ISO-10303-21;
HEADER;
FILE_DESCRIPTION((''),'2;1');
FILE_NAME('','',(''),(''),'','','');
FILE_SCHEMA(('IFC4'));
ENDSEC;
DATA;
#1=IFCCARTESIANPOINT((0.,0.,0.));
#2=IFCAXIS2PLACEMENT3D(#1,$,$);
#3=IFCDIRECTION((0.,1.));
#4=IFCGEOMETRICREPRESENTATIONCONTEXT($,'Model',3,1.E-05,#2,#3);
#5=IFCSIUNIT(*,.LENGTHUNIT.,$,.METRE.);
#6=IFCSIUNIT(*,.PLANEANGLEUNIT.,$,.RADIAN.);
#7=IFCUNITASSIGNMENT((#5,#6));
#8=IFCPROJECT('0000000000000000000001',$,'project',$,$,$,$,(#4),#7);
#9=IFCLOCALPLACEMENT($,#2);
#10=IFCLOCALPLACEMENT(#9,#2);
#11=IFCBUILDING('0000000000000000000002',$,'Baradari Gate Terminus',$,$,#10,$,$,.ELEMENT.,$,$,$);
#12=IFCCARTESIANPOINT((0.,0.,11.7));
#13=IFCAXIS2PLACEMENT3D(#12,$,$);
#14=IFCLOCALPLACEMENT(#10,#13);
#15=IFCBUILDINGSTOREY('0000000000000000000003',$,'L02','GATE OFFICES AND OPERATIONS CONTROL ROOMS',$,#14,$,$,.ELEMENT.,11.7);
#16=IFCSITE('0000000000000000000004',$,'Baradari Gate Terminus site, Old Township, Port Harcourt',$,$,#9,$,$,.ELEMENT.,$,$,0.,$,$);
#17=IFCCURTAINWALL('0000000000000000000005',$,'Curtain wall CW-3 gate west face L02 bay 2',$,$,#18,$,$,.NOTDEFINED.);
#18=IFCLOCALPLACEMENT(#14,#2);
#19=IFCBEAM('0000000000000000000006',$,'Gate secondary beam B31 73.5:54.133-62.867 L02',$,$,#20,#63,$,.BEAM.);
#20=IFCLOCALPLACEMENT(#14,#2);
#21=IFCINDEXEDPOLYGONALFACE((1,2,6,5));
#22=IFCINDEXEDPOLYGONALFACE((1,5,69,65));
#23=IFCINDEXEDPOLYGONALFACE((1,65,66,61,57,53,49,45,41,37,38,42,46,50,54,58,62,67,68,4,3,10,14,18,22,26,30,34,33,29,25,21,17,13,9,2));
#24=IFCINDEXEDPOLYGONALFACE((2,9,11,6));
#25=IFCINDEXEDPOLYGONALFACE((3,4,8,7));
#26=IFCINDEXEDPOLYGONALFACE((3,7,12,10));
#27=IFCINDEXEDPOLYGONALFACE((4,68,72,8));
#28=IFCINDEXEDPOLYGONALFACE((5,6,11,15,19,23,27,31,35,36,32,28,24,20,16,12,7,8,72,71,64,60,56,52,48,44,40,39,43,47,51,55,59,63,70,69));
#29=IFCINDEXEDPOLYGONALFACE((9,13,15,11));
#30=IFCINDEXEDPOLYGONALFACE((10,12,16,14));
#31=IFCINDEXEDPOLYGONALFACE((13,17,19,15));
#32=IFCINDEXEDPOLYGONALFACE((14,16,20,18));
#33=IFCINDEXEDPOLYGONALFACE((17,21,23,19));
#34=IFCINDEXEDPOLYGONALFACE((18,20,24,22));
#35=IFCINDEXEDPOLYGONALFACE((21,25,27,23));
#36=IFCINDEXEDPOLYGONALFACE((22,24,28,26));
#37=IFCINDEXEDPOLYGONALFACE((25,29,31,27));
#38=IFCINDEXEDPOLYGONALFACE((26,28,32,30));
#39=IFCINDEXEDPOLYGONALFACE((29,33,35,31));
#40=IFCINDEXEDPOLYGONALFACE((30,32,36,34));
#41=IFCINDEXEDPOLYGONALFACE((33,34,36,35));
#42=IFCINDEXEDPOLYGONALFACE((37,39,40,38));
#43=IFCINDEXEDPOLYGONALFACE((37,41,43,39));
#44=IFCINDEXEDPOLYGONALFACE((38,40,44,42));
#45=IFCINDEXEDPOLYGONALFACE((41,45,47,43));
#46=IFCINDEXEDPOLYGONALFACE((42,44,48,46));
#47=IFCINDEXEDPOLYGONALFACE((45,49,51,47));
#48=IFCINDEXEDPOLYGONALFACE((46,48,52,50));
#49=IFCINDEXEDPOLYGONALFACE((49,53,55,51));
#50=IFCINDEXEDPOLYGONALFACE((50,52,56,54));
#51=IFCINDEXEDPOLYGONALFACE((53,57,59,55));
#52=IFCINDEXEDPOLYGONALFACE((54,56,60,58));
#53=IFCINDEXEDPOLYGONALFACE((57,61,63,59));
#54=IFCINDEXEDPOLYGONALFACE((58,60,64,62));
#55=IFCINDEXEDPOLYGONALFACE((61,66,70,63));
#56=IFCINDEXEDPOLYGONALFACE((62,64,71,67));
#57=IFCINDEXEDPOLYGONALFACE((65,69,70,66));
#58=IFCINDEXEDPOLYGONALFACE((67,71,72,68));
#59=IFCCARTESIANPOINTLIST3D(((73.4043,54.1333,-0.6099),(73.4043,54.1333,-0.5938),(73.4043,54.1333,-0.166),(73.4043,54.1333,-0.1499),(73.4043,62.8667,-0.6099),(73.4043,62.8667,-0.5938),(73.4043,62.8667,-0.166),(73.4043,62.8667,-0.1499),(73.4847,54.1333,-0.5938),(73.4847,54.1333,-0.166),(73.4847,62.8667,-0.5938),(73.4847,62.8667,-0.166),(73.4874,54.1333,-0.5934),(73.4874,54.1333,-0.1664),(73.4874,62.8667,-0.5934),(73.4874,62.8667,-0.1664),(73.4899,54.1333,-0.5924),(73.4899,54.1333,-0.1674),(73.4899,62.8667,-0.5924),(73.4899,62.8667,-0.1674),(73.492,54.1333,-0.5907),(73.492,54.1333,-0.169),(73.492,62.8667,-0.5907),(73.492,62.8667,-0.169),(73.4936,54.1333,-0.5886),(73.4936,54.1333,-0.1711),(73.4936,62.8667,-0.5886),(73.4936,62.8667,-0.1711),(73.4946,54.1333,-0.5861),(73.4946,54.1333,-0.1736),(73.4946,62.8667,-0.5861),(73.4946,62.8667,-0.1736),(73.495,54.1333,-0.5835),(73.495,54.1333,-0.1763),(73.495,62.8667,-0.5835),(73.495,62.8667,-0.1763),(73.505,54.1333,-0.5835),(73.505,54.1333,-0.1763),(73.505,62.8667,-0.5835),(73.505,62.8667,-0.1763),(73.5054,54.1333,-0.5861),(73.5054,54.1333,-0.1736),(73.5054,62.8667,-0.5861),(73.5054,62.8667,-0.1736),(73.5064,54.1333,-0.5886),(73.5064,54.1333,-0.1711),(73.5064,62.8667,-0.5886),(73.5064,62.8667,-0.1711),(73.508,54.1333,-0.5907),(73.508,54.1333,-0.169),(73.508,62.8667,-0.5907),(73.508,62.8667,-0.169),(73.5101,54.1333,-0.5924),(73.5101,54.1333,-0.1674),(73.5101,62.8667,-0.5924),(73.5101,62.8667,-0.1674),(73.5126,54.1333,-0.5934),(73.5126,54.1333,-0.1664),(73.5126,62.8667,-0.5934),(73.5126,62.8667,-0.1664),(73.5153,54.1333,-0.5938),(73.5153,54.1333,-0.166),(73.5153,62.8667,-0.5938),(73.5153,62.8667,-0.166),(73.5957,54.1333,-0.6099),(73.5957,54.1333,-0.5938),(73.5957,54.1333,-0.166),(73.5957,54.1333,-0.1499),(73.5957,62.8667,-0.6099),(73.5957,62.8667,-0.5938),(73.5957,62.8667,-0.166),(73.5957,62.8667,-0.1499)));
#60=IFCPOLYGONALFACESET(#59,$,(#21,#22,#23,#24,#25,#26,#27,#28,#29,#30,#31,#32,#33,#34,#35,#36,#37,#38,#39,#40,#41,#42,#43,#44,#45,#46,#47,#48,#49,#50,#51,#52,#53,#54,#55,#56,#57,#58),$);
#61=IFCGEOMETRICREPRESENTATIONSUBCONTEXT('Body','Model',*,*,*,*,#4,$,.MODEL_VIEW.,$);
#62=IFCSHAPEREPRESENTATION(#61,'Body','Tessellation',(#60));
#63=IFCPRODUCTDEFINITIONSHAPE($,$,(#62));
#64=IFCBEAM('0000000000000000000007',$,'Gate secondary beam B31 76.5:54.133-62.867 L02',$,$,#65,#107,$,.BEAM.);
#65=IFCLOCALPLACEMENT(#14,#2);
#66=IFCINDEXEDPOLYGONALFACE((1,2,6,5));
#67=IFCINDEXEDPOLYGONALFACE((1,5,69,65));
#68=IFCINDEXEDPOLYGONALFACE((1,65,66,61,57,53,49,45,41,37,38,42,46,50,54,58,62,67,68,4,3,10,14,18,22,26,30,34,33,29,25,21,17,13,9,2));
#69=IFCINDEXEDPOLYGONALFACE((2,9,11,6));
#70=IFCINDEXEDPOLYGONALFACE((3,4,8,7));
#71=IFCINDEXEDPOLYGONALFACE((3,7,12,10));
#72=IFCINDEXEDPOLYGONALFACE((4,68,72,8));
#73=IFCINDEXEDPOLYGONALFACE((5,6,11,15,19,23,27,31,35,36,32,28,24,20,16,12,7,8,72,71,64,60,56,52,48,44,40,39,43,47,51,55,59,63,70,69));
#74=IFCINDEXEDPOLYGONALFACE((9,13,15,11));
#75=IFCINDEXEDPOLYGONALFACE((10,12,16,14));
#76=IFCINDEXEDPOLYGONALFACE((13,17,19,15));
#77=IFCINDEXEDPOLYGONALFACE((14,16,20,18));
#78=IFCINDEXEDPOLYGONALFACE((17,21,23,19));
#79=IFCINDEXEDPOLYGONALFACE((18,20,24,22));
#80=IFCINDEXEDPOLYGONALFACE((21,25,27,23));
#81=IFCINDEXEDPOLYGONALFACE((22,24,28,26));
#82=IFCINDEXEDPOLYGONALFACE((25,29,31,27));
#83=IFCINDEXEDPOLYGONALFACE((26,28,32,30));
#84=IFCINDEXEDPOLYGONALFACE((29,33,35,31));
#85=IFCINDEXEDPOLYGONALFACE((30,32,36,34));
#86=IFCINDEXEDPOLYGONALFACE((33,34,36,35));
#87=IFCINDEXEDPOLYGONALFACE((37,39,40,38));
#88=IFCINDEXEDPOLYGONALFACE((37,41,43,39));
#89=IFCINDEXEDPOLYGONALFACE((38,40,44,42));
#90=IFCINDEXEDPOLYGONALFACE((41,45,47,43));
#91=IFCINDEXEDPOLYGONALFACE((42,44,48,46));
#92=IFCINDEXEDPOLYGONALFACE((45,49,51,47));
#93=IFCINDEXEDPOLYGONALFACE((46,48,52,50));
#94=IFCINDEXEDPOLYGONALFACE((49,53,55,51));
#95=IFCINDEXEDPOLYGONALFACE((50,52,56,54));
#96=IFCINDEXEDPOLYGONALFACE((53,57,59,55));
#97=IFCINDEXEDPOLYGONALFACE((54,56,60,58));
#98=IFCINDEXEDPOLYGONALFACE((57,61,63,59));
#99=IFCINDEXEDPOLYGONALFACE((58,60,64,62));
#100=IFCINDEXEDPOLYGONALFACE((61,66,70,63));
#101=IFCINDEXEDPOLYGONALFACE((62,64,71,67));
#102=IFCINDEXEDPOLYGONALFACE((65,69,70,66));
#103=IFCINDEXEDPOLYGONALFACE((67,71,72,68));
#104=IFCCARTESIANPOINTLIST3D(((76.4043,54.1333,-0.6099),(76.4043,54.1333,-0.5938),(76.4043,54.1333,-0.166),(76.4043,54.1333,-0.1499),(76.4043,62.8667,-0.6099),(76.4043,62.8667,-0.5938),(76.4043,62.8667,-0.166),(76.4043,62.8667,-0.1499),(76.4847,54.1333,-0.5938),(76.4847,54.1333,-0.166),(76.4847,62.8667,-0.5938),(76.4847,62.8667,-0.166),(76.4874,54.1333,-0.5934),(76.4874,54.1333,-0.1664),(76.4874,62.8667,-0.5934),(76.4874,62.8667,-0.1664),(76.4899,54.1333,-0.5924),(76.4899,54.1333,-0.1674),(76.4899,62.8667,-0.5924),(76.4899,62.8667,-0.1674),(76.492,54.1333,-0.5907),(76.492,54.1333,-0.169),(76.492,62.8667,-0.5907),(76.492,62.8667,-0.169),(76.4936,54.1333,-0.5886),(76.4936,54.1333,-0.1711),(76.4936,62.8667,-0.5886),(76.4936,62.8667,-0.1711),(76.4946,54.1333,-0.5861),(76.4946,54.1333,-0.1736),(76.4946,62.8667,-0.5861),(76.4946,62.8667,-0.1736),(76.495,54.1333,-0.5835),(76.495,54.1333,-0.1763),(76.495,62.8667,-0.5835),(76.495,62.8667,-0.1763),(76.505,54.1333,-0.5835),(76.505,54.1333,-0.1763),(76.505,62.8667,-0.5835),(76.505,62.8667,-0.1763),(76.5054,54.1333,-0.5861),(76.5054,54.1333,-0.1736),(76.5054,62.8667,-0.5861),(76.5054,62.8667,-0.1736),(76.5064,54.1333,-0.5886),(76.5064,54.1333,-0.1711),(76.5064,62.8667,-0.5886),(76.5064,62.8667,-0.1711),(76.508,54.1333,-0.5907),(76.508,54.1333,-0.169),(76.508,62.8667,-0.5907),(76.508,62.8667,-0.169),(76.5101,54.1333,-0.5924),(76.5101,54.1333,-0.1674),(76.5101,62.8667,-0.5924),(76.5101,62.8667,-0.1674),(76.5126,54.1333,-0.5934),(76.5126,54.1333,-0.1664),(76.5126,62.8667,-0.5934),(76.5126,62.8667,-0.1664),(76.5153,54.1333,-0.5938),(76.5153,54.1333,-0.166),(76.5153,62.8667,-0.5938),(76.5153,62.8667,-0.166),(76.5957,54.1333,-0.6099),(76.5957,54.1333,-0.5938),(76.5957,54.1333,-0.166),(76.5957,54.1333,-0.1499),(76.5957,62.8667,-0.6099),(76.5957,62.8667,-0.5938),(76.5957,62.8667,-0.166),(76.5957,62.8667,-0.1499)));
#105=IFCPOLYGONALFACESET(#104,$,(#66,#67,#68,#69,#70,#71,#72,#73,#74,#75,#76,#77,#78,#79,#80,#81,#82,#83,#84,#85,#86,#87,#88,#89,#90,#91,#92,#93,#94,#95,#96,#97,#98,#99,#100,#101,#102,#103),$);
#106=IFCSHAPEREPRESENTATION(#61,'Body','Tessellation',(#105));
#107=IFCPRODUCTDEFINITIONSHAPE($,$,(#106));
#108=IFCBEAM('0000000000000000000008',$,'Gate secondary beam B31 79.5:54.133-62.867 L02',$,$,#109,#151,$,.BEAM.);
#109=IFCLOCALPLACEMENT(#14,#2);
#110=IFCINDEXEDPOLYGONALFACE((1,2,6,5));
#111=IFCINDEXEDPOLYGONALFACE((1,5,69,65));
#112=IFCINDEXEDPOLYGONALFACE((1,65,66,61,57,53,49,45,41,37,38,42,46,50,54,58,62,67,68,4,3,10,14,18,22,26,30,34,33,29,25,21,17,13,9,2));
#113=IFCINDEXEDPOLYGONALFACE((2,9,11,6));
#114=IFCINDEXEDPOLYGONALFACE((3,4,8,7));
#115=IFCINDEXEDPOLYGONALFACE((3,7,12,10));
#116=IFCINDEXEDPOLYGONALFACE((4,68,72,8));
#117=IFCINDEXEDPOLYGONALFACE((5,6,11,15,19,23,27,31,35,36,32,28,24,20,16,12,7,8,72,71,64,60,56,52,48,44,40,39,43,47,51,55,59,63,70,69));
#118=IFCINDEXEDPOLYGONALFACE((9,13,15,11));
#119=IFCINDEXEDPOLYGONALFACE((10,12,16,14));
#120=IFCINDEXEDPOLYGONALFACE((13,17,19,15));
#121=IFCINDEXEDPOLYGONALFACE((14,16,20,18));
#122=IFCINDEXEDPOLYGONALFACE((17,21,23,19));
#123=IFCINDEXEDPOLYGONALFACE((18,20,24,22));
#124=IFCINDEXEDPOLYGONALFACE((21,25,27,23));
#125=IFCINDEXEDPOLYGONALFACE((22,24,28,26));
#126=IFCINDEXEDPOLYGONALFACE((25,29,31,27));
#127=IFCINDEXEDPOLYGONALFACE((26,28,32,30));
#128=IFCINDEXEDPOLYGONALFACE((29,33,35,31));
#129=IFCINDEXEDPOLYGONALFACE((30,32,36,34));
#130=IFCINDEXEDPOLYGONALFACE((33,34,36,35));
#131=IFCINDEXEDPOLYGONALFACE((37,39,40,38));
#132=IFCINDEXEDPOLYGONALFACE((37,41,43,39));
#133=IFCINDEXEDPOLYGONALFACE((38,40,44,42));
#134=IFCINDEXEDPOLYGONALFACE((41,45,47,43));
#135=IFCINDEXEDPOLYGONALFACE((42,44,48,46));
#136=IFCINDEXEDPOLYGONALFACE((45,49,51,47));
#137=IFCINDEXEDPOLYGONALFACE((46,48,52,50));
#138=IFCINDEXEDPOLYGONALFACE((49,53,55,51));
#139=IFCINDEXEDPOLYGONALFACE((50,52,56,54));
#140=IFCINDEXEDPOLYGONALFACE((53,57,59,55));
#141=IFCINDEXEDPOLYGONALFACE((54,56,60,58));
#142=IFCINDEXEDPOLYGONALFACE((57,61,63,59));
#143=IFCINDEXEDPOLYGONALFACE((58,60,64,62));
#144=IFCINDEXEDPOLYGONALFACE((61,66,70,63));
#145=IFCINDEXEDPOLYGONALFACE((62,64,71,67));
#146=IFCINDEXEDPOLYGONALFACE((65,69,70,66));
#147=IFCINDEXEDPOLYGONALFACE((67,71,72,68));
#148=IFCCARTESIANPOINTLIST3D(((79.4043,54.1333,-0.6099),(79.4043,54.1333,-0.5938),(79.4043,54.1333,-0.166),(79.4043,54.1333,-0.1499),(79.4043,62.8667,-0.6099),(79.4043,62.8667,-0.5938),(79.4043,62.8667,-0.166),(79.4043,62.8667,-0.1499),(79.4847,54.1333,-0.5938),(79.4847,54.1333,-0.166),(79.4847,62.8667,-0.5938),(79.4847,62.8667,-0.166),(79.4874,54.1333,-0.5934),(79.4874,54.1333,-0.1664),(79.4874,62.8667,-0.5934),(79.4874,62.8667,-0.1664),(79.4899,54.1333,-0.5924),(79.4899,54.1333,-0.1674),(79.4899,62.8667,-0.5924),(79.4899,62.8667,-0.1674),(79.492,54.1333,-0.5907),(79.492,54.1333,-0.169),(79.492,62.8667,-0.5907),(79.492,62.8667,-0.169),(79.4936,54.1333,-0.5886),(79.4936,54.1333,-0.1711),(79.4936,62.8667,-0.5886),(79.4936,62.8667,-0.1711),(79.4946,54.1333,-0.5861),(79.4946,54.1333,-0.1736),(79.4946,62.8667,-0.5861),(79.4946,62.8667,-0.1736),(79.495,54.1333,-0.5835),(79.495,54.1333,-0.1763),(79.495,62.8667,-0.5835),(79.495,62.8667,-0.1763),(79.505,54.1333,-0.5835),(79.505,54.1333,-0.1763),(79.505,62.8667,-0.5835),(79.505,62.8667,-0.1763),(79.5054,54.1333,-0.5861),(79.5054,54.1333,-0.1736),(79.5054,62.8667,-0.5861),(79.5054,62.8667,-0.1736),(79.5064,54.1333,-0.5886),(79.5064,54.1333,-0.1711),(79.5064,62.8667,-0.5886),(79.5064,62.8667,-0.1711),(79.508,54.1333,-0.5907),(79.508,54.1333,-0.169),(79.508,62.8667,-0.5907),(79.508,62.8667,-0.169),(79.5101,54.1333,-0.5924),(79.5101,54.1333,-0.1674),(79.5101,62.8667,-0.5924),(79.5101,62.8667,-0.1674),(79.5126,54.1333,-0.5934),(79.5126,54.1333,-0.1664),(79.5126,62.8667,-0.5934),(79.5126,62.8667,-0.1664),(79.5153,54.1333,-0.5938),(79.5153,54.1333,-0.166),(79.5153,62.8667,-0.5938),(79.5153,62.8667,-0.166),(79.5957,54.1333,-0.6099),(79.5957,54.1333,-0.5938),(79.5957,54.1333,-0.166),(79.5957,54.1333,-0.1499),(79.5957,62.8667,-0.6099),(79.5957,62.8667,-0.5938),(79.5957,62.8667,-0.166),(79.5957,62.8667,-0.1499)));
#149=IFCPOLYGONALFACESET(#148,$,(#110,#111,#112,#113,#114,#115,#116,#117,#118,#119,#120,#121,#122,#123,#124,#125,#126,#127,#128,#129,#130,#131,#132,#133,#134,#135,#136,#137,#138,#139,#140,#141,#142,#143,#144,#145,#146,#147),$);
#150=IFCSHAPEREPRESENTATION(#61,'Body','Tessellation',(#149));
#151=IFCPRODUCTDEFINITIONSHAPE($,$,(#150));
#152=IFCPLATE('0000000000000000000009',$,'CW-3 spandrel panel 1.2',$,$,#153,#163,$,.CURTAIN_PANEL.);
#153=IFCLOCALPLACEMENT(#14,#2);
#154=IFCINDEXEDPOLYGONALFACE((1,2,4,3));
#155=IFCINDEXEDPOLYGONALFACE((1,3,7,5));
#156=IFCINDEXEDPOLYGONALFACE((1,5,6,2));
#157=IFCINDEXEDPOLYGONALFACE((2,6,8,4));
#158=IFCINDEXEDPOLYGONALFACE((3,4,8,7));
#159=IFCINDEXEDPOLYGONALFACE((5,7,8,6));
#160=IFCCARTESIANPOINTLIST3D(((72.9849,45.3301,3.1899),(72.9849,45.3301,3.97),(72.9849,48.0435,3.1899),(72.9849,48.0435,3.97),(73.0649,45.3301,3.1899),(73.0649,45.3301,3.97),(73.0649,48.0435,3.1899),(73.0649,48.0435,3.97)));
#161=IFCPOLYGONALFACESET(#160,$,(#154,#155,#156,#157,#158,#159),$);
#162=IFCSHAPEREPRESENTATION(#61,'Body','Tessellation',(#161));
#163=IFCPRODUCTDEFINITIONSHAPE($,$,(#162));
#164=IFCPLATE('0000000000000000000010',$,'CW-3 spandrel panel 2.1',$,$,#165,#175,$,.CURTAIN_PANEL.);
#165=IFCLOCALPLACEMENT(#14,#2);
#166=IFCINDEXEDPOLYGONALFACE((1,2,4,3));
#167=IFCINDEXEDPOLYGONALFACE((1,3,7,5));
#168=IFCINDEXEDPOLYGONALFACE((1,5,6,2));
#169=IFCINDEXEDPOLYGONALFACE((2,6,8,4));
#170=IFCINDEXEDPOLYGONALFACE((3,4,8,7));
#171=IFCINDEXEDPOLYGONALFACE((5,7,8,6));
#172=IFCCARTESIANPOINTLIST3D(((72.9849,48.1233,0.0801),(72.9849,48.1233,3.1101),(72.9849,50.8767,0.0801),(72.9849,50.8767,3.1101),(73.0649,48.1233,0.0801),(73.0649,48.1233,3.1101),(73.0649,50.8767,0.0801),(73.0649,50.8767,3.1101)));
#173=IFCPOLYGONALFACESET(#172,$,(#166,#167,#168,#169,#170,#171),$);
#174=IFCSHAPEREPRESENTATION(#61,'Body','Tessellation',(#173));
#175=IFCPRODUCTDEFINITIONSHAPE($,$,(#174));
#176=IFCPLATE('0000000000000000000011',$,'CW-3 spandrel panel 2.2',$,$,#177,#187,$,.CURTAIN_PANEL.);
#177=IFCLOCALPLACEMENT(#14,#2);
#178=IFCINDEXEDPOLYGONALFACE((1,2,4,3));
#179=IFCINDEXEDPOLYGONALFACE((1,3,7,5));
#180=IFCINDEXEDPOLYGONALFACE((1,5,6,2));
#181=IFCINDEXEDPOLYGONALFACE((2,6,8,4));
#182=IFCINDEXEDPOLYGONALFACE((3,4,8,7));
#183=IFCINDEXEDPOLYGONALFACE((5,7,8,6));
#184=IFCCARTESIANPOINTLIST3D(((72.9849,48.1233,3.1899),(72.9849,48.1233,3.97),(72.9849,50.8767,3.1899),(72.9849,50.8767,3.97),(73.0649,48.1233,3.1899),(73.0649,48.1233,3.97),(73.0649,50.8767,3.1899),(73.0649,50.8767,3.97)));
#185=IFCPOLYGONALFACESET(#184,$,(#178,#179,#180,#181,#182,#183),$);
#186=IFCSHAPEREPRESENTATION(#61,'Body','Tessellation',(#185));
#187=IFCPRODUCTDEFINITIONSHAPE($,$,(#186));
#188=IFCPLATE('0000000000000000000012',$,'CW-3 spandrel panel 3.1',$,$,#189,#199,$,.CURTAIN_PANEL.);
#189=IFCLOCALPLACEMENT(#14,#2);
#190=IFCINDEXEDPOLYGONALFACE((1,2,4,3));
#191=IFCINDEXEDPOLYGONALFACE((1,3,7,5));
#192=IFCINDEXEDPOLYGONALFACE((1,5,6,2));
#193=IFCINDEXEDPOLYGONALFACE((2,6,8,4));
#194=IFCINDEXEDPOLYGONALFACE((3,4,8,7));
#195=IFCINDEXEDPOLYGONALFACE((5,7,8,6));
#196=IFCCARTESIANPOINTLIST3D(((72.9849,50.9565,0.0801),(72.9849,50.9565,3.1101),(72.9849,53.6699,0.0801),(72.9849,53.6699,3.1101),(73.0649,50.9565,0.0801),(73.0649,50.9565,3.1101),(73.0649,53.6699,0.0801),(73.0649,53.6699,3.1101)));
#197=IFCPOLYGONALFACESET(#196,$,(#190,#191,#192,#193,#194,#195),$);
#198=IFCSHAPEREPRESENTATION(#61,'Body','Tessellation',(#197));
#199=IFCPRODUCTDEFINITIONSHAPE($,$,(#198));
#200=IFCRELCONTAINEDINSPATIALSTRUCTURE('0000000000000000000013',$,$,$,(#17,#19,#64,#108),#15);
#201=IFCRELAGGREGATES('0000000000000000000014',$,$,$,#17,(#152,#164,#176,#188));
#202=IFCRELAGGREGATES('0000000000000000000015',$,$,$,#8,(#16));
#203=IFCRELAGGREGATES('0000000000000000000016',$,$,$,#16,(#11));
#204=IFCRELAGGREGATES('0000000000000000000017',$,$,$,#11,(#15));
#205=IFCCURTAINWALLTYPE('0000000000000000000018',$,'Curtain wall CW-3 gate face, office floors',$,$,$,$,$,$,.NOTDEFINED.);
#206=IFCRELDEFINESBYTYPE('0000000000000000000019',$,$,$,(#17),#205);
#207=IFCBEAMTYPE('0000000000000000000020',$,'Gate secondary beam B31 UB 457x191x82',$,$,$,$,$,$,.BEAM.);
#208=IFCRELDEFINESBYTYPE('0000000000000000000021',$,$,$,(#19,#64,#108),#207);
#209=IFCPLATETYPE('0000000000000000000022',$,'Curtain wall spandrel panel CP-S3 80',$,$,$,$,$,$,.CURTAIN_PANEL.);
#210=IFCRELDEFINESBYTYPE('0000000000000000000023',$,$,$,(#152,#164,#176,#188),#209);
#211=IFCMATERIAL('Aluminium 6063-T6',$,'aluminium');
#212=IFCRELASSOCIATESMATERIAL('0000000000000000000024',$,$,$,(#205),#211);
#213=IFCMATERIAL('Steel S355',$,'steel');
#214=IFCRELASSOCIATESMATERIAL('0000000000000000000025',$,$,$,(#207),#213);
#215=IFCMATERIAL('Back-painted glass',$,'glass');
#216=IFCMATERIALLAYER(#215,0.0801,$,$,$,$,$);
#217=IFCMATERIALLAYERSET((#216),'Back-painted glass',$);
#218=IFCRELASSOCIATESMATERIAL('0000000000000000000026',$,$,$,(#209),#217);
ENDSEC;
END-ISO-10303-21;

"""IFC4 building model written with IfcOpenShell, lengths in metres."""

from ifc_helpers import new_model, si_unit, direction, frame, origin, origin_2d, place, context, subcontext, project, spatial, rectangle, i_section, extrude, material, layer, layer_set, material_profile, profile_set, type_object, element, aggregate, save


model = new_model("IFC4")

# Units and contexts
model_context = context("Model", 3, precision=1e-05, world=origin(), true_north=direction((0.0, 1.0)))
body_context = subcontext(model_context, "Body", "Model", "MODEL_VIEW")
ifc_project = project(units=[si_unit("LENGTHUNIT", "METRE"), si_unit("PLANEANGLEUNIT", "RADIAN")], contexts=[model_context])

# Site, building, storey
site_placement = place(None, origin())
site = spatial("IfcSite", under=ifc_project, at=site_placement, Name="Baradari Gate Terminus site, Old Township, Port Harcourt", CompositionType="ELEMENT", RefElevation=0.0)
building_placement = place(site_placement, origin())
building = spatial("IfcBuilding", under=site, at=building_placement, Name="Baradari Gate Terminus", CompositionType="ELEMENT")
storey_placement = place(building_placement, frame((0.0, 0.0, 11.7)))
storey = spatial("IfcBuildingStorey", under=building, at=storey_placement, Name="L02", Description="GATE OFFICES AND OPERATIONS CONTROL ROOMS", CompositionType="ELEMENT", Elevation=11.7)

# Curtain wall
ifc_material_1 = material(Name="Aluminium 6063-T6", Category="aluminium")
curtain_wall_type = type_object("IfcCurtainWallType", Name="Curtain wall CW-3 gate face, office floors", PredefinedType="NOTDEFINED", material=ifc_material_1)
curtain_wall_placement = place(storey_placement, origin())
curtain_wall = element("IfcCurtainWall", 1, at=curtain_wall_placement, inside=storey, type_object=curtain_wall_type, Name="Curtain wall CW-3 gate west face L02 bay 2", PredefinedType="NOTDEFINED")

# Beams
ifc_material_2 = material(Name="Steel S355", Category="steel")
ifc_material_profile_1 = material_profile(ifc_material_2, i_section(OverallWidth=0.1914, OverallDepth=0.46, WebThickness=0.01, FlangeThickness=0.0161, FilletRadius=0.0103, at=origin_2d()), Name="UB 457x191x82")
ifc_profile_set_1 = profile_set([ifc_material_profile_1], Name="Steel S355")
beam_type_1 = type_object("IfcBeamType", Name="Gate secondary beam B31 UB 457x191x82", PredefinedType="BEAM", material=ifc_profile_set_1)
for number, where, z_axis, x_axis, name in (
    (2, (73.5, 54.1333, -0.3799), (0.0, 1.0, 0.0), (-1.0, 0.0, 0.0), "Gate secondary beam B31 73.5:54.133-62.867 L02"),
    (3, (76.5, 54.1333, -0.3799), (0.0, 1.0, 0.0), (-1.0, 0.0, 0.0), "Gate secondary beam B31 76.5:54.133-62.867 L02"),
    (4, (79.5, 54.1333, -0.3799), (0.0, 1.0, 0.0), (-1.0, 0.0, 0.0), "Gate secondary beam B31 79.5:54.133-62.867 L02"),
):
    element("IfcBeam", number, at=place(storey_placement, frame(where, z_axis=z_axis, x_axis=x_axis)), inside=storey, type_object=beam_type_1, Name=name, PredefinedType="BEAM", context=body_context, shape_type="SweptSolid", body=[
        extrude(i_section(OverallWidth=0.1914, OverallDepth=0.46, WebThickness=0.01, FlangeThickness=0.0161, FilletRadius=0.0103, at=origin_2d()), origin(), (0.0, 0.0, 1.0), 8.7334),
    ])

# Plates
ifc_material_3 = material(Name="Back-painted glass", Category="glass")
ifc_layer_1 = layer(ifc_material_3, 0.0801)
ifc_layer_set_1 = layer_set([ifc_layer_1], Name="Back-painted glass")
plate_type = type_object("IfcPlateType", Name="Curtain wall spandrel panel CP-S3 80", PredefinedType="CURTAIN_PANEL", material=ifc_layer_set_1)
plate_1_placement = place(storey_placement, frame((73.0249, 46.6868, 3.1899), z_axis=(0.0, 0.0, 1.0), x_axis=(0.0, 1.0, 0.0)))
plate_1 = element("IfcPlate", 5, at=plate_1_placement, type_object=plate_type, Name="CW-3 spandrel panel 1.2", PredefinedType="CURTAIN_PANEL", context=body_context, shape_type="SweptSolid", body=[
    extrude(rectangle(XDim=2.7134, YDim=0.0801, at=origin_2d()), origin(), (0.0, 0.0, 1.0), 0.78),
])
plate_2_placement = place(storey_placement, frame((73.0249, 49.5, 0.0801), z_axis=(0.0, 0.0, 1.0), x_axis=(0.0, 1.0, 0.0)))
plate_2 = element("IfcPlate", 6, at=plate_2_placement, type_object=plate_type, Name="CW-3 spandrel panel 2.1", PredefinedType="CURTAIN_PANEL", context=body_context, shape_type="SweptSolid", body=[
    extrude(rectangle(XDim=2.7534, YDim=0.0801, at=origin_2d()), origin(), (0.0, 0.0, 1.0), 3.03),
])
plate_3_placement = place(storey_placement, frame((73.0249, 49.5, 3.1899), z_axis=(0.0, 0.0, 1.0), x_axis=(0.0, 1.0, 0.0)))
plate_3 = element("IfcPlate", 7, at=plate_3_placement, type_object=plate_type, Name="CW-3 spandrel panel 2.2", PredefinedType="CURTAIN_PANEL", context=body_context, shape_type="SweptSolid", body=[
    extrude(rectangle(XDim=2.7534, YDim=0.0801, at=origin_2d()), origin(), (0.0, 0.0, 1.0), 0.78),
])
plate_4_placement = place(storey_placement, frame((73.0249, 52.3132, 0.0801), z_axis=(0.0, 0.0, 1.0), x_axis=(0.0, 1.0, 0.0)))
plate_4 = element("IfcPlate", 8, at=plate_4_placement, type_object=plate_type, Name="CW-3 spandrel panel 3.1", PredefinedType="CURTAIN_PANEL", context=body_context, shape_type="SweptSolid", body=[
    extrude(rectangle(XDim=2.7134, YDim=0.0801, at=origin_2d()), origin(), (0.0, 0.0, 1.0), 3.03),
])
aggregate(curtain_wall, [plate_1, plate_2, plate_3, plate_4])

save(model, "model.ifc")
